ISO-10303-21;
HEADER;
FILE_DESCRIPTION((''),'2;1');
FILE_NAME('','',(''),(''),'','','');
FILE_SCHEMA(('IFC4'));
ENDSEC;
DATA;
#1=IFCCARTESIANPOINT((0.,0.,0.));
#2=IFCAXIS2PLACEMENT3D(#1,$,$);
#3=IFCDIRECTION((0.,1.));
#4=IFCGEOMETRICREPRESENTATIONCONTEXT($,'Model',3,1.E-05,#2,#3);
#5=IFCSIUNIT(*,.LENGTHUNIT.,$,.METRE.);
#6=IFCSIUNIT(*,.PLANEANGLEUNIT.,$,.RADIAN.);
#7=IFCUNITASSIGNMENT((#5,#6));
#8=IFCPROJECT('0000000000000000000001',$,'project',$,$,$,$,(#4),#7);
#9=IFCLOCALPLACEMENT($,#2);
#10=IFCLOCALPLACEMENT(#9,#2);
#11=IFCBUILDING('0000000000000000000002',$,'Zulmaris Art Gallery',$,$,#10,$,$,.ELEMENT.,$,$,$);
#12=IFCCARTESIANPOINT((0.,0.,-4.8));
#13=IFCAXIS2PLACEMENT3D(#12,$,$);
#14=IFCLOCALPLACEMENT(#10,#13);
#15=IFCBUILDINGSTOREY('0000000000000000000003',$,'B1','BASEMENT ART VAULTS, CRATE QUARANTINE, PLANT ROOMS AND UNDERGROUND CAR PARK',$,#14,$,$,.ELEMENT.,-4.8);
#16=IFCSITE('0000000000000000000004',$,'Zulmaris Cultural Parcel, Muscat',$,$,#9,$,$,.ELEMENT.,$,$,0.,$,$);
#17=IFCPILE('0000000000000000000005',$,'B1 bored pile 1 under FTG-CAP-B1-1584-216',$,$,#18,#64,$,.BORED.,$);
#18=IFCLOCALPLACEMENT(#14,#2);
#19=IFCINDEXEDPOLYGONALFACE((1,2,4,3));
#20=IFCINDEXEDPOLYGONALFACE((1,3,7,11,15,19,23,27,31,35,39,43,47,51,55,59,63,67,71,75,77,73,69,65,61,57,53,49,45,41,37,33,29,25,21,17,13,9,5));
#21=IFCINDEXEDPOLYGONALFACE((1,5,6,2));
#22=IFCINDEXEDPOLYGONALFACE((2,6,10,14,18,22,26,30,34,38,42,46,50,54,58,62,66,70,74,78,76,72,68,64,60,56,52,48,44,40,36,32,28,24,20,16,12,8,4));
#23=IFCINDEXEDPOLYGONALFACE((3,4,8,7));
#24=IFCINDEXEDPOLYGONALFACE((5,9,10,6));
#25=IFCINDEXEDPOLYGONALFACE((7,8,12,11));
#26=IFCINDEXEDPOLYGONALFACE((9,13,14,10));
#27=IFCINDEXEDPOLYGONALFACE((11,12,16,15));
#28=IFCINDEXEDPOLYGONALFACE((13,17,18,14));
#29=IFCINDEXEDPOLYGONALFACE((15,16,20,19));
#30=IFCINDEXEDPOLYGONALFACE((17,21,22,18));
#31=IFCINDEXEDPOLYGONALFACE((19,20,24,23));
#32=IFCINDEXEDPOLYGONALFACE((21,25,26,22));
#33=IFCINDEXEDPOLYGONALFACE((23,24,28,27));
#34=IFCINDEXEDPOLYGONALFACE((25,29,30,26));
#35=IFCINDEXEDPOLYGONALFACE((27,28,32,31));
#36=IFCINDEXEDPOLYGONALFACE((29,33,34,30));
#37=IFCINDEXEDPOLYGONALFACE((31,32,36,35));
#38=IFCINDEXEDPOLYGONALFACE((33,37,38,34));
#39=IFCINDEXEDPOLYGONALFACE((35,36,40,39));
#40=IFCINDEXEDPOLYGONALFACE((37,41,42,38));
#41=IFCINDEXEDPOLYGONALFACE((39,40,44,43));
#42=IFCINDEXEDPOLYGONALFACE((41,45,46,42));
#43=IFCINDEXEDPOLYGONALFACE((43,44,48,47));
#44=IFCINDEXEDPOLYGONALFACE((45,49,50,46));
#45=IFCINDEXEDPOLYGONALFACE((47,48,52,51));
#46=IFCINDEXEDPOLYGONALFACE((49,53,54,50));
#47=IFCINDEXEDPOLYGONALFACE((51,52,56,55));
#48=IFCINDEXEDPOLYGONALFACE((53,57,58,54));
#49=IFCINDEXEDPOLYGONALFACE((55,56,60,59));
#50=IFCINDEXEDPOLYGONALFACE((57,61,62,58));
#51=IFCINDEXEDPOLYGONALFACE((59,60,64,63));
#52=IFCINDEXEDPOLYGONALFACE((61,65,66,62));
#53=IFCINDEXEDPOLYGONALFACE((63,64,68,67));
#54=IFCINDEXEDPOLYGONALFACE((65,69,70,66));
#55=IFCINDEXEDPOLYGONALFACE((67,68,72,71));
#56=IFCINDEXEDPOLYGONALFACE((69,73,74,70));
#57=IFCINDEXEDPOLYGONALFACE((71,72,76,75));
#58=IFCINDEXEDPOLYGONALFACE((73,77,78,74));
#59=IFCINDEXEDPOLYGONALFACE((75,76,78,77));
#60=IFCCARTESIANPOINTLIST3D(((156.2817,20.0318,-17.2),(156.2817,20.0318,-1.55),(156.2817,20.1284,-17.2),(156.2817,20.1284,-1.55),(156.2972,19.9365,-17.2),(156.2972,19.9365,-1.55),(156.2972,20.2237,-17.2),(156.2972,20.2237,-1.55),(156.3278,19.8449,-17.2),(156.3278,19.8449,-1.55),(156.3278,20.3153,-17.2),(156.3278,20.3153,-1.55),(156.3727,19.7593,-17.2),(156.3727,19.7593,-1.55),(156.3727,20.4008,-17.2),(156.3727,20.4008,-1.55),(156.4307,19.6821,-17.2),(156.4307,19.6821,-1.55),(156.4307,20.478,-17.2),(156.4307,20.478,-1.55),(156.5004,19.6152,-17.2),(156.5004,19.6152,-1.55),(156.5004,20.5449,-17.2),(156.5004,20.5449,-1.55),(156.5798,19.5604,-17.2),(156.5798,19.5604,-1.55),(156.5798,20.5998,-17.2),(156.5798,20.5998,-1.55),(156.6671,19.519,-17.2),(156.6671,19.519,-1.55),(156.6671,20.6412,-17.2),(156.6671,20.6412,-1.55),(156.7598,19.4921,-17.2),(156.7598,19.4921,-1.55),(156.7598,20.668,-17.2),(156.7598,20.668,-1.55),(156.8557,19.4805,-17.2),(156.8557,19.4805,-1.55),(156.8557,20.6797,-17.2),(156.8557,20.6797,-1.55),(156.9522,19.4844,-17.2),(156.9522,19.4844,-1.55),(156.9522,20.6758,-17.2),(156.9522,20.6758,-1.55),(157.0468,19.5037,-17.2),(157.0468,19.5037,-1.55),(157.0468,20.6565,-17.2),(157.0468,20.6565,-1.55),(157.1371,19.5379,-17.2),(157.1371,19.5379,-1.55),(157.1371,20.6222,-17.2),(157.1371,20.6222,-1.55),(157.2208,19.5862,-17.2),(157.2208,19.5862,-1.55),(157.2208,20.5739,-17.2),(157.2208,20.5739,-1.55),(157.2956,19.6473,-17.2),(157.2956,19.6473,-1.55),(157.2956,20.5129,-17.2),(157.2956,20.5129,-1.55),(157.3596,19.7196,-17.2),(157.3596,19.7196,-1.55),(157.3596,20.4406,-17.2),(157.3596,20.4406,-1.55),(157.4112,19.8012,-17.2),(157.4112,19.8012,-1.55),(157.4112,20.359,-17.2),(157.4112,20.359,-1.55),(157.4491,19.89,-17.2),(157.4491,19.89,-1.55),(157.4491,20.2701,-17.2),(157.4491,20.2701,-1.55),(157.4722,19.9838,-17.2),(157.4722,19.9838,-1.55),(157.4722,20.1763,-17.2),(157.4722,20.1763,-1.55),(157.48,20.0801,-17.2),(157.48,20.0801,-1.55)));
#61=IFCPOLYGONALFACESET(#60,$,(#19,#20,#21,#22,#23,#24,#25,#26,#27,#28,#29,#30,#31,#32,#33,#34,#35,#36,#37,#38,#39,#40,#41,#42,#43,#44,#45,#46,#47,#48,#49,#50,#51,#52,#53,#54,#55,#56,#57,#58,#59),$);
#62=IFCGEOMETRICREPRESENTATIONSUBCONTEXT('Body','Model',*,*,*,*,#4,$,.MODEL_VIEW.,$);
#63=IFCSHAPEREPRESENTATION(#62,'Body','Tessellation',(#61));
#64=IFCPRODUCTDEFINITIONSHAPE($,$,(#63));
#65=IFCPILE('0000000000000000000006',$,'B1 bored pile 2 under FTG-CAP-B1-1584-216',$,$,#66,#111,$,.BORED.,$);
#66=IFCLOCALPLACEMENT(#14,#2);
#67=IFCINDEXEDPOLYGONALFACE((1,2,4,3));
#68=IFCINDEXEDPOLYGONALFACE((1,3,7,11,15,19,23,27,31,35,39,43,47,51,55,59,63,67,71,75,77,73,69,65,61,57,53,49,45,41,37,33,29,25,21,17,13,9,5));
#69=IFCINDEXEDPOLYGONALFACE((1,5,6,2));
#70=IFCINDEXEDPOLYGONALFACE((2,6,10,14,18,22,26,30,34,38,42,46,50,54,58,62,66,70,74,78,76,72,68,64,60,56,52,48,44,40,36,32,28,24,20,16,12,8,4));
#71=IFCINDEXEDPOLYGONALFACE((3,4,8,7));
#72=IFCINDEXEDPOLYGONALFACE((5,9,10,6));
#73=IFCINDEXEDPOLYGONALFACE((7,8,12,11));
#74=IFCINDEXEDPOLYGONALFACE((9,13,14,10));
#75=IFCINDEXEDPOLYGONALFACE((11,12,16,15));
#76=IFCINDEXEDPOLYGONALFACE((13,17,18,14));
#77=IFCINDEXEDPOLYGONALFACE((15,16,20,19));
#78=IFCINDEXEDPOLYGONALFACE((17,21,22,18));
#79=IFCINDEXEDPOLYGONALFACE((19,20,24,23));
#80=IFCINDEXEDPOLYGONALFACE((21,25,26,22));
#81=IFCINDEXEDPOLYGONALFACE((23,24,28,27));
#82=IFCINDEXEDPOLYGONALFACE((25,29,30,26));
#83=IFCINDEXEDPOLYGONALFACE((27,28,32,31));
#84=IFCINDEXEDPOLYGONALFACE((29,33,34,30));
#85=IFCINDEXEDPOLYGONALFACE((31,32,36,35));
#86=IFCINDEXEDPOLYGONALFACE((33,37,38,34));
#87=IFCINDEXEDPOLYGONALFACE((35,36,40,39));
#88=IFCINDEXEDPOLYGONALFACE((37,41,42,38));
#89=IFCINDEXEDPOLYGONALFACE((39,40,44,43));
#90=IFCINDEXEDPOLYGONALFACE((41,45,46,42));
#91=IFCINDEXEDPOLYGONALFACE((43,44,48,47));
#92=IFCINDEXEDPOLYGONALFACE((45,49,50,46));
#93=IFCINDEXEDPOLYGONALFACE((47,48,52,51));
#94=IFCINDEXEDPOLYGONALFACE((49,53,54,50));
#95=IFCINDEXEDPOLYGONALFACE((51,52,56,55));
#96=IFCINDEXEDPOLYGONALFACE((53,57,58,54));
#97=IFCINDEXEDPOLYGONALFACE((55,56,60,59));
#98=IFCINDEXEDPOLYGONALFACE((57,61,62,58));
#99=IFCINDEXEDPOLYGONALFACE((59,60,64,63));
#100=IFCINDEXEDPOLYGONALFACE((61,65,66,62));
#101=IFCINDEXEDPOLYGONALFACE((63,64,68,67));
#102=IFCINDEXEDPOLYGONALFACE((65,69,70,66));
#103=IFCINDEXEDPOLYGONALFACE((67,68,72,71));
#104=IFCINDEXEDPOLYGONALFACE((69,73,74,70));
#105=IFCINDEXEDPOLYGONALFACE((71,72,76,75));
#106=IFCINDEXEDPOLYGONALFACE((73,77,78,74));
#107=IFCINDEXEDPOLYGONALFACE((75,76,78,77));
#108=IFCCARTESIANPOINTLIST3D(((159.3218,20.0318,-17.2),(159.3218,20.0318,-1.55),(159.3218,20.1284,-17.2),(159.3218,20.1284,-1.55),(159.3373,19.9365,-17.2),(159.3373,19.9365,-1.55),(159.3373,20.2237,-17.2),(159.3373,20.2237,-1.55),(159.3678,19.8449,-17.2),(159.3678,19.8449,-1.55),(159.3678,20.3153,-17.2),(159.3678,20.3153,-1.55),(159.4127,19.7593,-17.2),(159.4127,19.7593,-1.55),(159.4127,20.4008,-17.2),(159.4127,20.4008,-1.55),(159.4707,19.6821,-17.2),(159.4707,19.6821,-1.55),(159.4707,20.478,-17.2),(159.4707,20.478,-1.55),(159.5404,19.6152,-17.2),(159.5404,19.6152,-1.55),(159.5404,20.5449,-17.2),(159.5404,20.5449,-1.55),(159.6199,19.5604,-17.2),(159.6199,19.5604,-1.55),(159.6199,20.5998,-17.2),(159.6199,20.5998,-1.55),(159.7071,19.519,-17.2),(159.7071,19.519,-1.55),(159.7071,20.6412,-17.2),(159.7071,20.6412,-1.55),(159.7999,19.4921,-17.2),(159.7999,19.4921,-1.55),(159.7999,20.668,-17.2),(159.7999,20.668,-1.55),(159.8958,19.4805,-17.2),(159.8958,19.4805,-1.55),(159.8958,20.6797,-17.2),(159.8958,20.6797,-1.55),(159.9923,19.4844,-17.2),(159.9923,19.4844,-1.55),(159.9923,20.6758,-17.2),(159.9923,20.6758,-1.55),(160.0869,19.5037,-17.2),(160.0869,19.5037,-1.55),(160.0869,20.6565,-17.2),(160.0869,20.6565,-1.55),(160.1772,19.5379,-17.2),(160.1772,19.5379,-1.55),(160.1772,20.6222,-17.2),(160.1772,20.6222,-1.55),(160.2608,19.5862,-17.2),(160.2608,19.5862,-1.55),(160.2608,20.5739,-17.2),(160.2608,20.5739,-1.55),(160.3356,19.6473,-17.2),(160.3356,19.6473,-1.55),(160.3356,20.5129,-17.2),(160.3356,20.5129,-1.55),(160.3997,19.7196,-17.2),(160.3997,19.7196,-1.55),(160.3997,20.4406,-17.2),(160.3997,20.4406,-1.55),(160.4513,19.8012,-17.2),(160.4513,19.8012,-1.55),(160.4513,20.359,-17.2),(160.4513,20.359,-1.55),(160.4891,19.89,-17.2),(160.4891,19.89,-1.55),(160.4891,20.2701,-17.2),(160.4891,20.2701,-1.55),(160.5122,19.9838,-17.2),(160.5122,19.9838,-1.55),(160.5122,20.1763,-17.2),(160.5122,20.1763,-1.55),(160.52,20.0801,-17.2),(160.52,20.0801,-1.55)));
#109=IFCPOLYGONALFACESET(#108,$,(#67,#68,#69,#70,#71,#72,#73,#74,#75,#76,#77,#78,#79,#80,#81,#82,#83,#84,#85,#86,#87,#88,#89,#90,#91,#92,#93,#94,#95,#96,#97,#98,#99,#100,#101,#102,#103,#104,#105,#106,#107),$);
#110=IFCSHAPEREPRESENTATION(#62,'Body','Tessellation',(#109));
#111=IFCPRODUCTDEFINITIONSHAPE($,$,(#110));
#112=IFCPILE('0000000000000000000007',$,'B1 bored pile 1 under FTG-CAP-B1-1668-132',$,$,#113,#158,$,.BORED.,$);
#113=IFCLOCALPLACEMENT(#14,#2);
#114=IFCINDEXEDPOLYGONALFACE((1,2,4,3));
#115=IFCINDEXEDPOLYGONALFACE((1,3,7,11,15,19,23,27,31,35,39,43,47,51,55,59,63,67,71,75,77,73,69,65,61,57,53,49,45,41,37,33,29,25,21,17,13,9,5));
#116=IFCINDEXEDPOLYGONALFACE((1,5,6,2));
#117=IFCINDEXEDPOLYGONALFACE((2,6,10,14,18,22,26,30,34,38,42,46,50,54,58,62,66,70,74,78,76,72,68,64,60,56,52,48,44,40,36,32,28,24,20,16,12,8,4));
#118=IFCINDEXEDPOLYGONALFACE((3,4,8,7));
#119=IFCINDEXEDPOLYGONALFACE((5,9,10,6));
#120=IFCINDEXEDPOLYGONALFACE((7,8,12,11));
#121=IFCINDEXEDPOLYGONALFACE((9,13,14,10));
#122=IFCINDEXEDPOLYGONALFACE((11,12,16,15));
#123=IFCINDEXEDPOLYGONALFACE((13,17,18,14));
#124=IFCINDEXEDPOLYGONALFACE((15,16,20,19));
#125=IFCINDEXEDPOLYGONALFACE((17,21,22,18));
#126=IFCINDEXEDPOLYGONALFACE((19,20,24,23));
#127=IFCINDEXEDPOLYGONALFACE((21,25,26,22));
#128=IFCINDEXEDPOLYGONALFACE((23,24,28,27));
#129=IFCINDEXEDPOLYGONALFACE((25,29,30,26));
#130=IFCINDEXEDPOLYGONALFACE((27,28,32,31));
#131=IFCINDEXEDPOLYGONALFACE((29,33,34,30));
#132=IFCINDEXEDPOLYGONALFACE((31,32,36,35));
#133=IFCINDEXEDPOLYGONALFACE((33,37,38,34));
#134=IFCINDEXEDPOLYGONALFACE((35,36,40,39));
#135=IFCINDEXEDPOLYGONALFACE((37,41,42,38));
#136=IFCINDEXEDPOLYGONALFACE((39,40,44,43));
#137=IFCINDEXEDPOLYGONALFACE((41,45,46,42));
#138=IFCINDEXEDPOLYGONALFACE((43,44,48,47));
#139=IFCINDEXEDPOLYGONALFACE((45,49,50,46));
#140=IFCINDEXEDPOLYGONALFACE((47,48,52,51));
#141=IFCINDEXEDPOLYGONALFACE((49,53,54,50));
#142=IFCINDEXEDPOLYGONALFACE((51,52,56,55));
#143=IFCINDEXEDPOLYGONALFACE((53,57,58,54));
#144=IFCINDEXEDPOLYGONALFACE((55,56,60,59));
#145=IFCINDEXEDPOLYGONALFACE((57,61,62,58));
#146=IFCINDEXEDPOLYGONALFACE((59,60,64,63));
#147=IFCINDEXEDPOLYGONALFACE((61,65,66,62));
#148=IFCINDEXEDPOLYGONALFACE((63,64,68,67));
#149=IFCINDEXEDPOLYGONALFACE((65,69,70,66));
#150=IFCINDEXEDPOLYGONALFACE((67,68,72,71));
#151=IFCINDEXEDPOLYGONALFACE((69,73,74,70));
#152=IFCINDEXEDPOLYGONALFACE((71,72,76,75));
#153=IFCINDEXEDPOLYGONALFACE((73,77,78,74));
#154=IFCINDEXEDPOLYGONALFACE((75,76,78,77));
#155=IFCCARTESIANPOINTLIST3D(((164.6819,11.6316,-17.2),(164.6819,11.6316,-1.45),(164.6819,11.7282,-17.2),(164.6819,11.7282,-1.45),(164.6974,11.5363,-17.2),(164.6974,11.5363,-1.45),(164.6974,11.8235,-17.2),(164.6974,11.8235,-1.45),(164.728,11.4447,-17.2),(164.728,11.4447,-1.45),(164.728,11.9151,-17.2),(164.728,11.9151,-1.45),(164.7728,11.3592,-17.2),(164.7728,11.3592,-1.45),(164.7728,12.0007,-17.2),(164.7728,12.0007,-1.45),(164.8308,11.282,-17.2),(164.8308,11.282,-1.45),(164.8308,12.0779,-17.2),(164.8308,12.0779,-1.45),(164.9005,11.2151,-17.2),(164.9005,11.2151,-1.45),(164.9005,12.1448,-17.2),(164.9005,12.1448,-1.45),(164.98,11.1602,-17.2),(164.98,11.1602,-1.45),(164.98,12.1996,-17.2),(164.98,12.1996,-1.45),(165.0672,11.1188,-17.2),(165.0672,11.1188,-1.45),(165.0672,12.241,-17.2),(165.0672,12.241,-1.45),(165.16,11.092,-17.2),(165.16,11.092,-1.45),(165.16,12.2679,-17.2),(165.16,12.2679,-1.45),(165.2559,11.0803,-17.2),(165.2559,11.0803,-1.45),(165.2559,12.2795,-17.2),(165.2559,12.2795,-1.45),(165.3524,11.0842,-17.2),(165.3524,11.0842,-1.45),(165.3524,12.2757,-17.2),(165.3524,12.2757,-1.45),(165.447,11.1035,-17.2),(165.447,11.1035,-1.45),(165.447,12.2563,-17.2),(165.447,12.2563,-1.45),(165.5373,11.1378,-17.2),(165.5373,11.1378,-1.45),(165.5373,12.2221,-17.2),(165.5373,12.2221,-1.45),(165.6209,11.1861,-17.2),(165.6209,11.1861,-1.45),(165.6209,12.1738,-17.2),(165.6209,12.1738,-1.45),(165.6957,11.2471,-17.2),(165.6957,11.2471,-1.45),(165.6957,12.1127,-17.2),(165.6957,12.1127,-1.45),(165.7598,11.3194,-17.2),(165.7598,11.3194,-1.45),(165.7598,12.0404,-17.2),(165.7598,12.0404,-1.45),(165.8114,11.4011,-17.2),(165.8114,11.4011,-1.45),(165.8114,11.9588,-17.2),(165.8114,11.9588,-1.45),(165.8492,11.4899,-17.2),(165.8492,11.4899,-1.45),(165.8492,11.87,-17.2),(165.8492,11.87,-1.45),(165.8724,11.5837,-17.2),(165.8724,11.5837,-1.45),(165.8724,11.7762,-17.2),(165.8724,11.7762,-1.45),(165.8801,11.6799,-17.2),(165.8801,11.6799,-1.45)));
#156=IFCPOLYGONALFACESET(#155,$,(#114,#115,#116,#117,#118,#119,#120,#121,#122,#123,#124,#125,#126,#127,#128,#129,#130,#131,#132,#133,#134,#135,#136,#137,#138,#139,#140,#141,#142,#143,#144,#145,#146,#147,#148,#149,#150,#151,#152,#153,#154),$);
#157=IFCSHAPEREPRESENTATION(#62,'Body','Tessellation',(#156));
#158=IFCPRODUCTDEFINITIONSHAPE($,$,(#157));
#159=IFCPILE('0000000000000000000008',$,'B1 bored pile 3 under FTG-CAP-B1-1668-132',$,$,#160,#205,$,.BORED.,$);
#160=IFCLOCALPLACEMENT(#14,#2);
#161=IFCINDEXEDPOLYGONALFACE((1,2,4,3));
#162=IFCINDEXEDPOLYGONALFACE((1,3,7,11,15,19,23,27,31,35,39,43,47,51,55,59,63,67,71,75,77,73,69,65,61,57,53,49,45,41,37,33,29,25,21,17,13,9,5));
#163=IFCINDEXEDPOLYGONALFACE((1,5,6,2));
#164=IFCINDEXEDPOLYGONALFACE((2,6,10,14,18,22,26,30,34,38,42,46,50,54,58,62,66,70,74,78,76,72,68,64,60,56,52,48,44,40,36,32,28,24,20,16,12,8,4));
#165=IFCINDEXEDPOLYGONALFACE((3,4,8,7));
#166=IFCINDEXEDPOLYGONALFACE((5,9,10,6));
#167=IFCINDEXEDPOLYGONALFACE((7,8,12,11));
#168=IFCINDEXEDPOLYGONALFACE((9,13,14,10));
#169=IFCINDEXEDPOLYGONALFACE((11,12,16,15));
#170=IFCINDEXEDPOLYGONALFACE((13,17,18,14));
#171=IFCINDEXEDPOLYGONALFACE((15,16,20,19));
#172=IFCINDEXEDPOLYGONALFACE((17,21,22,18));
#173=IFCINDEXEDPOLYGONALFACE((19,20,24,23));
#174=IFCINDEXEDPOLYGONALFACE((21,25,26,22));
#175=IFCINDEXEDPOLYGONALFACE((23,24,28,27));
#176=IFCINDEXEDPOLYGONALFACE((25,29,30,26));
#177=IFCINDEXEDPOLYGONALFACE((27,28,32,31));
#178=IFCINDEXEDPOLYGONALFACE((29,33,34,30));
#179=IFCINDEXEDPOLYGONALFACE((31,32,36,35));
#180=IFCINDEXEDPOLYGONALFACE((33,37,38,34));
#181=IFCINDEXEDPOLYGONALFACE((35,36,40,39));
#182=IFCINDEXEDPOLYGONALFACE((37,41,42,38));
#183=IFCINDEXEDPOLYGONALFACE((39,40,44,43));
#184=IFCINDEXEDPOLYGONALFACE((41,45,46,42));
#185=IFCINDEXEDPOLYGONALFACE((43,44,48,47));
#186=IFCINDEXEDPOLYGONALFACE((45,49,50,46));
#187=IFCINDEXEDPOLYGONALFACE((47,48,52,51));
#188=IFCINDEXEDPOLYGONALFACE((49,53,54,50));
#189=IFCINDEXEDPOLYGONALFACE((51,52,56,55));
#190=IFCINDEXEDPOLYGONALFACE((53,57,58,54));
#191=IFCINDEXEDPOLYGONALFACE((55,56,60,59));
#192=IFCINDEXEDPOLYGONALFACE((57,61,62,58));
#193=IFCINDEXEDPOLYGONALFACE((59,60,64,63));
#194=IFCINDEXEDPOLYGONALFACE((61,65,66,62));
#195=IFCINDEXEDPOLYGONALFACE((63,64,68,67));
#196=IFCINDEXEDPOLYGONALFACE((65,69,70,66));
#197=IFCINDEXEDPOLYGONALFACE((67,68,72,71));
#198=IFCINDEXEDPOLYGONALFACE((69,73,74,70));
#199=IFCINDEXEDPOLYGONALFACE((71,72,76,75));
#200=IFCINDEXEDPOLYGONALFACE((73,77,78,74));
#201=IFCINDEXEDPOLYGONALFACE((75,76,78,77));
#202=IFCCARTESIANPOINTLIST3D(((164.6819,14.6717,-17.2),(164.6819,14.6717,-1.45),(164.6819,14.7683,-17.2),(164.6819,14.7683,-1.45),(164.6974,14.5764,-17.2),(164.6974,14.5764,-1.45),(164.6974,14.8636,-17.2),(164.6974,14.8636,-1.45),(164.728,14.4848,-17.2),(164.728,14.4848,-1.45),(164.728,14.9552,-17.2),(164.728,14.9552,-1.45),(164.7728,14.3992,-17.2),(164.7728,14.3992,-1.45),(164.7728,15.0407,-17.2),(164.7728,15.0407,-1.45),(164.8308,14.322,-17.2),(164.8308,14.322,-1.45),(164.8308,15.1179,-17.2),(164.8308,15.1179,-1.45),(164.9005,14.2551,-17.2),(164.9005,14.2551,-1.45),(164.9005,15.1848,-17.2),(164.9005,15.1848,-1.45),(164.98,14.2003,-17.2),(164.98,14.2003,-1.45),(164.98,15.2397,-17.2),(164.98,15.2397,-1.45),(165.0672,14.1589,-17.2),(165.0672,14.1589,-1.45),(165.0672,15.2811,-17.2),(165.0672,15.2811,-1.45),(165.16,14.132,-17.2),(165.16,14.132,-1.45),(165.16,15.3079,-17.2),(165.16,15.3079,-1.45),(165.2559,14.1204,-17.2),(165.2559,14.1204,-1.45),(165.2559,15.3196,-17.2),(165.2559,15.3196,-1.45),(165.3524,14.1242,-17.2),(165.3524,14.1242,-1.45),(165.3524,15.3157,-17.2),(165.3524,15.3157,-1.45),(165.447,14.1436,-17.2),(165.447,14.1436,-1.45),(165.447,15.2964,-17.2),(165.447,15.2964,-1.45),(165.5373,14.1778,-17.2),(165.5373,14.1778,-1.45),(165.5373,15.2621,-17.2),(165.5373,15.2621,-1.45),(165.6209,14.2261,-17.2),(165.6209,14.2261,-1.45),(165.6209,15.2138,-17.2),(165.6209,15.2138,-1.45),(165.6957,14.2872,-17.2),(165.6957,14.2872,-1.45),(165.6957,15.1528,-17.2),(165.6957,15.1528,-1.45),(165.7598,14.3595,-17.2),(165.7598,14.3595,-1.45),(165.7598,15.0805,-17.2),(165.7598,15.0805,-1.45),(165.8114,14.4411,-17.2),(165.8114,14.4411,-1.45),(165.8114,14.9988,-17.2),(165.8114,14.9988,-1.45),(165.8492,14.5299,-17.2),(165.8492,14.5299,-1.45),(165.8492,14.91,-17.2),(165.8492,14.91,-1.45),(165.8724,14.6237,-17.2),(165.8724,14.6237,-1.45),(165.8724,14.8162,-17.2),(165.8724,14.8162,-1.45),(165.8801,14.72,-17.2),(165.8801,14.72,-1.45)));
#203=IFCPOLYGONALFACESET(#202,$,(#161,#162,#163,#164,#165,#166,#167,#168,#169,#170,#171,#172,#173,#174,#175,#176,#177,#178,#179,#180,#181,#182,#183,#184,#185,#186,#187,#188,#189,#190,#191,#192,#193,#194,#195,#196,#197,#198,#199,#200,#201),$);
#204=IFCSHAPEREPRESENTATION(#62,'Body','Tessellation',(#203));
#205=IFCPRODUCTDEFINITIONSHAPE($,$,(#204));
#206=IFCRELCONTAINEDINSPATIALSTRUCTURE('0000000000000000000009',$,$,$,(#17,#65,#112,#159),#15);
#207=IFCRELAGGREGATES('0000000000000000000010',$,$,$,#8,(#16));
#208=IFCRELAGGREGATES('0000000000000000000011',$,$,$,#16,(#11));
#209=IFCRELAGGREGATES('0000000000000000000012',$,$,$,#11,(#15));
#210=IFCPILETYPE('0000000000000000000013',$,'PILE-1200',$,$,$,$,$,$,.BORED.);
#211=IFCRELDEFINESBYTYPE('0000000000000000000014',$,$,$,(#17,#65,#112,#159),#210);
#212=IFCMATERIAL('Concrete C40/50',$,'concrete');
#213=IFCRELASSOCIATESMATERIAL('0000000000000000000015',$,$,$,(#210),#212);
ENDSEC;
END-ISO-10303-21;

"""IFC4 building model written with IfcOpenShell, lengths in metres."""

from ifc_helpers import new_model, si_unit, direction, frame, origin, origin_2d, place, context, subcontext, project, spatial, circle, extrude, material, material_profile, profile_set, type_object, element, save


model = new_model("IFC4")

# Units and contexts
model_context = context("Model", 3, precision=1e-05, world=origin(), true_north=direction((0.0, 1.0)))
body_context = subcontext(model_context, "Body", "Model", "MODEL_VIEW")
ifc_project = project(units=[si_unit("LENGTHUNIT", "METRE"), si_unit("PLANEANGLEUNIT", "RADIAN")], contexts=[model_context])

# Site, building, storey
site_placement = place(None, origin())
site = spatial("IfcSite", under=ifc_project, at=site_placement, Name="Zulmaris Cultural Parcel, Muscat", CompositionType="ELEMENT", RefElevation=0.0)
building_placement = place(site_placement, origin())
building = spatial("IfcBuilding", under=site, at=building_placement, Name="Zulmaris Art Gallery", CompositionType="ELEMENT")
storey_placement = place(building_placement, frame((0.0, 0.0, -4.8)))
storey = spatial("IfcBuildingStorey", under=building, at=storey_placement, Name="B1", Description="BASEMENT ART VAULTS, CRATE QUARANTINE, PLANT ROOMS AND UNDERGROUND CAR PARK", CompositionType="ELEMENT", Elevation=-4.8)

# Piles
ifc_material_1 = material(Name="Concrete C40/50", Category="concrete")
ifc_material_profile_1 = material_profile(ifc_material_1, circle(Radius=0.6001, at=origin_2d()), Name="PILE DIA 1200")
ifc_profile_set_1 = profile_set([ifc_material_profile_1], Name="Concrete C40/50")
pile_type = type_object("IfcPileType", Name="PILE-1200", PredefinedType="BORED", material=ifc_profile_set_1)
for number, where, z_axis, x_axis, name in (
    (1, (156.8799, 20.0801, -1.55), (0.0, 0.0, -1.0), (1.0, 0.0, 0.0), "B1 bored pile 1 under FTG-CAP-B1-1584-216"),
    (2, (159.9199, 20.0801, -1.55), (0.0, 0.0, -1.0), (1.0, 0.0, 0.0), "B1 bored pile 2 under FTG-CAP-B1-1584-216"),
):
    element("IfcPile", number, at=place(storey_placement, frame(where, z_axis=z_axis, x_axis=x_axis)), inside=storey, type_object=pile_type, Name=name, PredefinedType="BORED", context=body_context, shape_type="SweptSolid", body=[
        extrude(circle(Radius=0.6001, at=origin_2d()), origin(), (0.0, 0.0, 1.0), 15.6499),
    ])
for number, where, z_axis, x_axis, name in (
    (3, (165.28, 11.6799, -1.45), (0.0, 0.0, -1.0), (1.0, 0.0, 0.0), "B1 bored pile 1 under FTG-CAP-B1-1668-132"),
    (4, (165.28, 14.72, -1.45), (0.0, 0.0, -1.0), (1.0, 0.0, 0.0), "B1 bored pile 3 under FTG-CAP-B1-1668-132"),
):
    element("IfcPile", number, at=place(storey_placement, frame(where, z_axis=z_axis, x_axis=x_axis)), inside=storey, type_object=pile_type, Name=name, PredefinedType="BORED", context=body_context, shape_type="SweptSolid", body=[
        extrude(circle(Radius=0.6001, at=origin_2d()), origin(), (0.0, 0.0, 1.0), 15.75),
    ])

save(model, "model.ifc")
